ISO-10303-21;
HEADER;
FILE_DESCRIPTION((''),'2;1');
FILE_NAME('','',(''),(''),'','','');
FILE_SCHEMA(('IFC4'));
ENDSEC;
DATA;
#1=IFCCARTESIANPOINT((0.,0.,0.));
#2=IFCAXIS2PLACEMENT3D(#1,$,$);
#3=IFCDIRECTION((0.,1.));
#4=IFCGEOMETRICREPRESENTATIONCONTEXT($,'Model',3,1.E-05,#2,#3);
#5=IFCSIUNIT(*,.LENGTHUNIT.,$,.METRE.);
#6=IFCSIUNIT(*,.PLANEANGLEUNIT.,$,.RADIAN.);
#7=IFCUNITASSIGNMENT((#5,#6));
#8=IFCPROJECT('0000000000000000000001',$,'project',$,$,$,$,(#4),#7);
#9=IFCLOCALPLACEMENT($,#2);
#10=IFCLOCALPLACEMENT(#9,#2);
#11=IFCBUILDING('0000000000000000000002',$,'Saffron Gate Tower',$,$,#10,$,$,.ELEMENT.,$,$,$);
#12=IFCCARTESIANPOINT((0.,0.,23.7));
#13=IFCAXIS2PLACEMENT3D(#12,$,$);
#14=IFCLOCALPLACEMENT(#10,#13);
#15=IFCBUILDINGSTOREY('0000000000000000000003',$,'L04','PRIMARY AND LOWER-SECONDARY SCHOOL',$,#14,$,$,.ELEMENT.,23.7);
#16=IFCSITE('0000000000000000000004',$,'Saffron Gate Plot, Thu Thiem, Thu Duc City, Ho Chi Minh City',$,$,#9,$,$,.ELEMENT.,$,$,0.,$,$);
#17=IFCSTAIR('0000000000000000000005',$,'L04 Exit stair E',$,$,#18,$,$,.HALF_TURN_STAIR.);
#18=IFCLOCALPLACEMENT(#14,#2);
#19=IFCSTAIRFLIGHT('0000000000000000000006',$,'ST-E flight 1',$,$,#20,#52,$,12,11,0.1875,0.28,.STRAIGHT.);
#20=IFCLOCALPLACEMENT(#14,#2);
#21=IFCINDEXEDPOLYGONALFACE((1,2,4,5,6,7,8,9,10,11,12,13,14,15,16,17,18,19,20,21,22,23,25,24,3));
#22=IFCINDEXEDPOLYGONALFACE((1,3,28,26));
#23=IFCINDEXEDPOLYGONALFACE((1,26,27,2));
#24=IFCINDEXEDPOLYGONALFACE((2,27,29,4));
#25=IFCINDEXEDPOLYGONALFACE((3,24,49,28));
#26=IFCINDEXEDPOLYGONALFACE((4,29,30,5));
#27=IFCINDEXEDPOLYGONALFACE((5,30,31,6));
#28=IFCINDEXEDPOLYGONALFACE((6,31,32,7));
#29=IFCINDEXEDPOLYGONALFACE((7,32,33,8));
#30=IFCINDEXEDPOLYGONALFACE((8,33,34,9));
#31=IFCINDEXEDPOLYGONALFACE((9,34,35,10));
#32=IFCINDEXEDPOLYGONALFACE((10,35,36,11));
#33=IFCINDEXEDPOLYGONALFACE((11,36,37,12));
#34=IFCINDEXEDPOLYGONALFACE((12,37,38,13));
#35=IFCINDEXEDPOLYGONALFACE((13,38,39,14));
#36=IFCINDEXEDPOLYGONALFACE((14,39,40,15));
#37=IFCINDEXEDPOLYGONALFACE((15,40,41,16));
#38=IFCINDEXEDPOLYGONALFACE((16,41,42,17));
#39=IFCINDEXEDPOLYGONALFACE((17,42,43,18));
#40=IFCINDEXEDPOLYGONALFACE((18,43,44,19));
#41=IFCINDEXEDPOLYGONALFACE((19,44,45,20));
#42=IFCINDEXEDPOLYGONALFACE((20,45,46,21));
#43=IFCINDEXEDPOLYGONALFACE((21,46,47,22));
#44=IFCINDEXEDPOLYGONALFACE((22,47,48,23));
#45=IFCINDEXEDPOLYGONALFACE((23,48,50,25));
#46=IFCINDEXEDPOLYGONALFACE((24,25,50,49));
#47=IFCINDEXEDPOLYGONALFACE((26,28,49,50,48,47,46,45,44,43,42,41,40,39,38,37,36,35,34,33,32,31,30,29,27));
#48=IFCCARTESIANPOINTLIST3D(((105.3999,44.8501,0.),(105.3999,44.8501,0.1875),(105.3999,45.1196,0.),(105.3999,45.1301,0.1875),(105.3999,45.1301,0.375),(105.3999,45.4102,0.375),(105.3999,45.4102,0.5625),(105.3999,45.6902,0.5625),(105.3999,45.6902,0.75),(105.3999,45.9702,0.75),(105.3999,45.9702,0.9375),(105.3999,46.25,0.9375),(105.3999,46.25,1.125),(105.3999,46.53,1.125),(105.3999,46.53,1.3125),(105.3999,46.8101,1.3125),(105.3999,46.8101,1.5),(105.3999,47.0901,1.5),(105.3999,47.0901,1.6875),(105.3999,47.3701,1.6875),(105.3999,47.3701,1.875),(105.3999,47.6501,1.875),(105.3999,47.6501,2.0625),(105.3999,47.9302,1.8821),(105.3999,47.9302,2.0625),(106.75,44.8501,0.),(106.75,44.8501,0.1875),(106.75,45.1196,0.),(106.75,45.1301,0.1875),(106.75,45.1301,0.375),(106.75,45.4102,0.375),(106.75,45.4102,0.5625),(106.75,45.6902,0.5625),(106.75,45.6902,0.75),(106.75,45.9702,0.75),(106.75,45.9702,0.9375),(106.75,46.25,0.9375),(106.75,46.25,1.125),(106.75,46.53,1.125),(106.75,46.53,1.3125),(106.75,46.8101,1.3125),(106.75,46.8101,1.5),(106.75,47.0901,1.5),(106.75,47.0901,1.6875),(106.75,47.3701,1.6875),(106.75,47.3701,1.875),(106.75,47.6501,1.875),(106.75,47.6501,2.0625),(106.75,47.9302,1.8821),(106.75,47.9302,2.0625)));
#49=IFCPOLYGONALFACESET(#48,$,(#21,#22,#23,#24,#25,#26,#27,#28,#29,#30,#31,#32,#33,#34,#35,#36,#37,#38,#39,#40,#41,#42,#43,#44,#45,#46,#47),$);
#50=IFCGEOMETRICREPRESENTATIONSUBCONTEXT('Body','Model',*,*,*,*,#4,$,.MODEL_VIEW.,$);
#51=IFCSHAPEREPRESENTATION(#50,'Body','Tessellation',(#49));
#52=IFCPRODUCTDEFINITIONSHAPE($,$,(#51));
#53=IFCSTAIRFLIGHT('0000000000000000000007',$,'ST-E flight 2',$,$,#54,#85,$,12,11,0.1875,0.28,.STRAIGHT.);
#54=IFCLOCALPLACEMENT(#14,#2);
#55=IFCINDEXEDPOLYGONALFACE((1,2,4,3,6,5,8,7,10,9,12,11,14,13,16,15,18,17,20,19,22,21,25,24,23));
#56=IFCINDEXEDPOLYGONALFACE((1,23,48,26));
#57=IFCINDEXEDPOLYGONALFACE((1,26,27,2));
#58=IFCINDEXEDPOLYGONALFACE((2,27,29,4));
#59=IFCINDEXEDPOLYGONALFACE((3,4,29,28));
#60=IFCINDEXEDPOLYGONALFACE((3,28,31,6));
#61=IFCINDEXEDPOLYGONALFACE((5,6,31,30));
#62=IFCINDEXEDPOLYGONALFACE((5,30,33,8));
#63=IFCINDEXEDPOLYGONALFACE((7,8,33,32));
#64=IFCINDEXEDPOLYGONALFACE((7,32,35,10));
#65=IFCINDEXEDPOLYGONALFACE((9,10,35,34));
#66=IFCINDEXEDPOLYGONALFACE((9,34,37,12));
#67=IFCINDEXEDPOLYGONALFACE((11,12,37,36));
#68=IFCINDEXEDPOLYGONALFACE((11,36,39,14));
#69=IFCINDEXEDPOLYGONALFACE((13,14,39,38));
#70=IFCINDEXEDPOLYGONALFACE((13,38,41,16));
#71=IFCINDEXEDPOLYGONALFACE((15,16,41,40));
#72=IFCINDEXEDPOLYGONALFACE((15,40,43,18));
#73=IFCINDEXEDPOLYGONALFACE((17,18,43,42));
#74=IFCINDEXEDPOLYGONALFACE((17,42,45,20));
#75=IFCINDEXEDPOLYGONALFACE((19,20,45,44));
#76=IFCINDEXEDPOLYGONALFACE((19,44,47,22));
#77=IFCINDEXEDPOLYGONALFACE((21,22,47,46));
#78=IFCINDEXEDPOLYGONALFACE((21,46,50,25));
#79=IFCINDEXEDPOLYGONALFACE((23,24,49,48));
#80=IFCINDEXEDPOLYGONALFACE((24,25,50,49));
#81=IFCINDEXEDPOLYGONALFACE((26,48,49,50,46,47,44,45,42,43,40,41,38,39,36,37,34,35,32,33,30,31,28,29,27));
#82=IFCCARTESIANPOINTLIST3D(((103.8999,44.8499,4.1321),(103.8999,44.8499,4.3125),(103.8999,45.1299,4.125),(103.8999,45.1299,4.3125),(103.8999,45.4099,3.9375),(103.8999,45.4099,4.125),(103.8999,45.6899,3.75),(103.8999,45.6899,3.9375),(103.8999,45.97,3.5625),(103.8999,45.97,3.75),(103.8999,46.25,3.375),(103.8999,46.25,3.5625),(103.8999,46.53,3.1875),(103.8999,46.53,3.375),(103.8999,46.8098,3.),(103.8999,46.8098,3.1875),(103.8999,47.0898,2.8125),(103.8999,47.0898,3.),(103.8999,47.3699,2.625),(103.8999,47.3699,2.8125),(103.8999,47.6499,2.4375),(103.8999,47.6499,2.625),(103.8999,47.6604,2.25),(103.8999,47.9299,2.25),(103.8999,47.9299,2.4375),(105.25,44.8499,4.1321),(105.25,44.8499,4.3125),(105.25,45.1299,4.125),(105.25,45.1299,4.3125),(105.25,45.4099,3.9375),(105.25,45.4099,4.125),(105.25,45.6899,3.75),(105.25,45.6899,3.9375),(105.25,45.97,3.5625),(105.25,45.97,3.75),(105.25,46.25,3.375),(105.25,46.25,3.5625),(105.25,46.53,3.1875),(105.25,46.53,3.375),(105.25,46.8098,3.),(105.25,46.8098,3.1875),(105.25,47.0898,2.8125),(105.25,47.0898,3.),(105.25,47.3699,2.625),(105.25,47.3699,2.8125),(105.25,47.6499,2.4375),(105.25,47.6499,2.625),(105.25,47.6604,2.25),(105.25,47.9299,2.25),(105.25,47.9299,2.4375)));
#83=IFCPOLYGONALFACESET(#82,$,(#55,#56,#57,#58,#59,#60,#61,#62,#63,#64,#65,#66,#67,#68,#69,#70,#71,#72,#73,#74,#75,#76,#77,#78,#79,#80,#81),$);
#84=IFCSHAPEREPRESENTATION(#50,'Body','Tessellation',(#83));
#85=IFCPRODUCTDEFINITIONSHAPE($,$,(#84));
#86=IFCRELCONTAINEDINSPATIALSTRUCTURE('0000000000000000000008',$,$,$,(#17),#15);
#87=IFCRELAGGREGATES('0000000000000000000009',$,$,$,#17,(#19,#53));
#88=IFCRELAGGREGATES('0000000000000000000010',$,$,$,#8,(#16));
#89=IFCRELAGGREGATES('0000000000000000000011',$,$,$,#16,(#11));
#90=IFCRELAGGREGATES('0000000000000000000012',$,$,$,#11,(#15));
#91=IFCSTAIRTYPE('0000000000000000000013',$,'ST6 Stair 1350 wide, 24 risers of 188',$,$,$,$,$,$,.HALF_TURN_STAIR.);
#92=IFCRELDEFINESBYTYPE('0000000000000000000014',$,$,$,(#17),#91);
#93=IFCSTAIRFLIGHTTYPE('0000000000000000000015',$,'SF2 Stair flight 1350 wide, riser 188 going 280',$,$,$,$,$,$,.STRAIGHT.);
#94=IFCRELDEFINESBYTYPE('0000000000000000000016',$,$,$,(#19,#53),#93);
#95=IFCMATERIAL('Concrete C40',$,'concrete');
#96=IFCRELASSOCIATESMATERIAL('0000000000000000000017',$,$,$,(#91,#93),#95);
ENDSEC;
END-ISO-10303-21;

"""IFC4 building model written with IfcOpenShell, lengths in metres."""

from ifc_helpers import new_model, si_unit, direction, frame, origin, place, context, subcontext, project, spatial, polyline, outline, extrude, material, type_object, element, aggregate, save


model = new_model("IFC4")

# Units and contexts
model_context = context("Model", 3, precision=1e-05, world=origin(), true_north=direction((0.0, 1.0)))
body_context = subcontext(model_context, "Body", "Model", "MODEL_VIEW")
ifc_project = project(units=[si_unit("LENGTHUNIT", "METRE"), si_unit("PLANEANGLEUNIT", "RADIAN")], contexts=[model_context])

# Site, building, storey
site_placement = place(None, origin())
site = spatial("IfcSite", under=ifc_project, at=site_placement, Name="Saffron Gate Plot, Thu Thiem, Thu Duc City, Ho Chi Minh City", CompositionType="ELEMENT", RefElevation=0.0)
building_placement = place(site_placement, origin())
building = spatial("IfcBuilding", under=site, at=building_placement, Name="Saffron Gate Tower", CompositionType="ELEMENT")
storey_placement = place(building_placement, frame((0.0, 0.0, 23.7)))
storey = spatial("IfcBuildingStorey", under=building, at=storey_placement, Name="L04", Description="PRIMARY AND LOWER-SECONDARY SCHOOL", CompositionType="ELEMENT", Elevation=23.7)

# Stair, stair flights
ifc_material_1 = material(Name="Concrete C40", Category="concrete")
stair_type = type_object("IfcStairType", Name="ST6 Stair 1350 wide, 24 risers of 188", PredefinedType="HALF_TURN_STAIR", material=ifc_material_1)
stair_placement = place(storey_placement, origin())
stair = element("IfcStair", 1, at=stair_placement, inside=storey, type_object=stair_type, Name="L04 Exit stair E", PredefinedType="HALF_TURN_STAIR")
stair_flight_type = type_object("IfcStairFlightType", Name="SF2 Stair flight 1350 wide, riser 188 going 280", PredefinedType="STRAIGHT", material=ifc_material_1)
stair_flight_1_placement = place(storey_placement, frame((106.075, 44.8501, 0.0), z_axis=(0.0, 0.0, 1.0), x_axis=(0.0, 1.0, 0.0)))
stair_flight_1 = element("IfcStairFlight", 2, at=stair_flight_1_placement, type_object=stair_flight_type, Name="ST-E flight 1", NumberOfRisers=12, NumberOfTreads=11, PredefinedType="STRAIGHT", RiserHeight=0.1875, TreadLength=0.28, context=body_context, shape_type="SweptSolid", body=[
    extrude(outline(polyline([(0.0, 0.0), (0.0, 0.1875), (0.28, 0.1875), (0.28, 0.375), (0.5601, 0.375), (0.5601, 0.5625), (0.8401, 0.5625), (0.8401, 0.75), (1.1201, 0.75), (1.1201, 0.9375), (1.3999, 0.9375), (1.3999, 1.125), (1.6799, 1.125), (1.6799, 1.3125), (1.96, 1.3125), (1.96, 1.5), (2.24, 1.5), (2.24, 1.6875), (2.52, 1.6875), (2.52, 1.875), (2.8, 1.875), (2.8, 2.0625), (3.0801, 2.0625), (3.0801, 2.25), (3.0801, 1.8821), (0.2695, 0.0), (0.0, 0.0)])), frame((0.0, 0.675, 0.0), z_axis=(0.0, -1.0, 0.0), x_axis=(1.0, 0.0, 0.0)), (0.0, 0.0, 1.0), 1.3501),
])
stair_flight_2_placement = place(storey_placement, frame((104.575, 47.9299, 2.25), z_axis=(0.0, 0.0, 1.0), x_axis=(0.0, -1.0, 0.0)))
stair_flight_2 = element("IfcStairFlight", 3, at=stair_flight_2_placement, type_object=stair_flight_type, Name="ST-E flight 2", NumberOfRisers=12, NumberOfTreads=11, PredefinedType="STRAIGHT", RiserHeight=0.1875, TreadLength=0.28, context=body_context, shape_type="SweptSolid", body=[
    extrude(outline(polyline([(0.0, 0.0), (0.0, 0.1875), (0.28, 0.1875), (0.28, 0.375), (0.5601, 0.375), (0.5601, 0.5625), (0.8401, 0.5625), (0.8401, 0.75), (1.1201, 0.75), (1.1201, 0.9375), (1.3999, 0.9375), (1.3999, 1.125), (1.6799, 1.125), (1.6799, 1.3125), (1.96, 1.3125), (1.96, 1.5), (2.24, 1.5), (2.24, 1.6875), (2.52, 1.6875), (2.52, 1.875), (2.8, 1.875), (2.8, 2.0625), (3.0801, 2.0625), (3.0801, 2.25), (3.0801, 1.8821), (0.2695, 0.0), (0.0, 0.0)])), frame((0.0, 0.675, 0.0), z_axis=(0.0, -1.0, 0.0), x_axis=(1.0, 0.0, 0.0)), (0.0, 0.0, 1.0), 1.3501),
])
aggregate(stair, [stair_flight_1, stair_flight_2])

save(model, "model.ifc")
